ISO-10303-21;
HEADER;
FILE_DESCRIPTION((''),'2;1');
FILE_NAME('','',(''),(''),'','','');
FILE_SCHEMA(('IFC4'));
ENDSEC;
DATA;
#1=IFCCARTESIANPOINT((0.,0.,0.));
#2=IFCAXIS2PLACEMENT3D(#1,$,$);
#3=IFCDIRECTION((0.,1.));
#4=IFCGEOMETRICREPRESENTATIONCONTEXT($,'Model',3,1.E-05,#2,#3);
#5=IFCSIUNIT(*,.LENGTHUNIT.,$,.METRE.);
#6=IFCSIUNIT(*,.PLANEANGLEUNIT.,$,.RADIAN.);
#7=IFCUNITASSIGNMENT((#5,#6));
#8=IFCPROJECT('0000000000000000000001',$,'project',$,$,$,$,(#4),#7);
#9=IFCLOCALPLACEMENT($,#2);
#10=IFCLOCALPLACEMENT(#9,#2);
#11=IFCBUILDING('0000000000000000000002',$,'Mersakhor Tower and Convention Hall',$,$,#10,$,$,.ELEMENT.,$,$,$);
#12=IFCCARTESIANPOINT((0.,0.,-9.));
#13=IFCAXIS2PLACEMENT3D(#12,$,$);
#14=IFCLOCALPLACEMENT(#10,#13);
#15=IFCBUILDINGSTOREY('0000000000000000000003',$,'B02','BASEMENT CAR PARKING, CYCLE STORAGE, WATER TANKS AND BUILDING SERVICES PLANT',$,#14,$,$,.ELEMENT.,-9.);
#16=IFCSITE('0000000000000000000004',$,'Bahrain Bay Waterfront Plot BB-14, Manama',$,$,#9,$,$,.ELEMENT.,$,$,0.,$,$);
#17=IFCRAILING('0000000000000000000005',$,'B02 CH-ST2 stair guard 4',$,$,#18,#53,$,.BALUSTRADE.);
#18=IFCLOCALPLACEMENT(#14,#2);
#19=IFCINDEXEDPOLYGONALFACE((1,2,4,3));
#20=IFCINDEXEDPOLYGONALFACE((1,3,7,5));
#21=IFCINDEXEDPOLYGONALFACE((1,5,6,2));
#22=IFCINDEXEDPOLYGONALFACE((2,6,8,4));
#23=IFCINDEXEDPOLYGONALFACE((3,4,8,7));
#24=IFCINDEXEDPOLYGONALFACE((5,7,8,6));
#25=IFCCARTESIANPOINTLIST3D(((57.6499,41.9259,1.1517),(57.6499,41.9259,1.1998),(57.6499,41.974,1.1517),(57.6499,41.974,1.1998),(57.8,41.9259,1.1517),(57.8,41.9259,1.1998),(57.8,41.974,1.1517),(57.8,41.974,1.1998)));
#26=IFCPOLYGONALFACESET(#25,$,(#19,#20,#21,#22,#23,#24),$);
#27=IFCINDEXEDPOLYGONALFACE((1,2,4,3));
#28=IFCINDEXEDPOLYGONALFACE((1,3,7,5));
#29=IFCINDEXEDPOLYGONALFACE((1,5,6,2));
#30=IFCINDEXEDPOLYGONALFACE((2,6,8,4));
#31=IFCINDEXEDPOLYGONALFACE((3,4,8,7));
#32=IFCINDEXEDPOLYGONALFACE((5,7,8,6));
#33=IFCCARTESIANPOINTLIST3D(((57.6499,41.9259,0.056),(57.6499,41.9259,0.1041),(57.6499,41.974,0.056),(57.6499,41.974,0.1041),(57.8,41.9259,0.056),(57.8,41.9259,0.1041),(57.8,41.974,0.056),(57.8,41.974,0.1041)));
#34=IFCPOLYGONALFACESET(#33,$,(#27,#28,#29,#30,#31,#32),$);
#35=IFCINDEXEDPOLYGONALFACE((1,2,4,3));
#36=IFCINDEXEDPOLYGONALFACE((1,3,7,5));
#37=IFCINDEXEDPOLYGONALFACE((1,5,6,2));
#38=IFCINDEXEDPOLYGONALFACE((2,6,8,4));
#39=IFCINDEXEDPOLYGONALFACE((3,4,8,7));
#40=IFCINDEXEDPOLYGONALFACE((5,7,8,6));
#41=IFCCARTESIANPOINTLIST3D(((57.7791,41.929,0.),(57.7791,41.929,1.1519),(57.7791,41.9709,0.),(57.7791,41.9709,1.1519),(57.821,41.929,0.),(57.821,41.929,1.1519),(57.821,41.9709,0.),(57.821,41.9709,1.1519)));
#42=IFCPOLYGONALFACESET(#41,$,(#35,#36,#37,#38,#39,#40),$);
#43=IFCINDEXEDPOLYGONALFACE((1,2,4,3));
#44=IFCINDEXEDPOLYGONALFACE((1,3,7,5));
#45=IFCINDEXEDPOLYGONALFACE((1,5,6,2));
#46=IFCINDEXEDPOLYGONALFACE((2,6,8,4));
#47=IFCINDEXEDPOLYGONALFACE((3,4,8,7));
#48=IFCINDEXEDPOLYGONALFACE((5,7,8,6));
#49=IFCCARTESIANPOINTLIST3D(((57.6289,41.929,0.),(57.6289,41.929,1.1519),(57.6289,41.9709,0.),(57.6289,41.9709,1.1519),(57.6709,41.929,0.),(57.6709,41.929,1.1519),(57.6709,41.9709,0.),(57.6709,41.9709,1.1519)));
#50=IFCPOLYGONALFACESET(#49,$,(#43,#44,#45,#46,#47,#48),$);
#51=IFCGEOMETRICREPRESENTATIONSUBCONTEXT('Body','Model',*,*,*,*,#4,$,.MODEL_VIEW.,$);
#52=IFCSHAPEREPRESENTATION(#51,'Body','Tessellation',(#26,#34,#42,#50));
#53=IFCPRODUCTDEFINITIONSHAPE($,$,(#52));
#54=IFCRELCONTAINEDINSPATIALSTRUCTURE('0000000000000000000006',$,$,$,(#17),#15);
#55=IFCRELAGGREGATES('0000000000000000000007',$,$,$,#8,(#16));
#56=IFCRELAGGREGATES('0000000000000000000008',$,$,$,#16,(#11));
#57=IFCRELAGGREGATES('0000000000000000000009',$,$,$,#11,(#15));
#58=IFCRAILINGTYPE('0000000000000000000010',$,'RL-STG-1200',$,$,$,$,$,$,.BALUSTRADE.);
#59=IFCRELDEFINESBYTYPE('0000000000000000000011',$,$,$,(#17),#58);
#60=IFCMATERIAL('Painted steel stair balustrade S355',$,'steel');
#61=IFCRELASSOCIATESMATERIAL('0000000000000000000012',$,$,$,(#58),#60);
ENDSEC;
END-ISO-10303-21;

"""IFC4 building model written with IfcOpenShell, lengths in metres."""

from ifc_helpers import new_model, si_unit, direction, frame, origin, origin_2d, place, context, subcontext, project, spatial, rectangle, extrude, material, type_object, element, save


model = new_model("IFC4")

# Units and contexts
model_context = context("Model", 3, precision=1e-05, world=origin(), true_north=direction((0.0, 1.0)))
body_context = subcontext(model_context, "Body", "Model", "MODEL_VIEW")
ifc_project = project(units=[si_unit("LENGTHUNIT", "METRE"), si_unit("PLANEANGLEUNIT", "RADIAN")], contexts=[model_context])

# Site, building, storey
site_placement = place(None, origin())
site = spatial("IfcSite", under=ifc_project, at=site_placement, Name="Bahrain Bay Waterfront Plot BB-14, Manama", CompositionType="ELEMENT", RefElevation=0.0)
building_placement = place(site_placement, origin())
building = spatial("IfcBuilding", under=site, at=building_placement, Name="Mersakhor Tower and Convention Hall", CompositionType="ELEMENT")
storey_placement = place(building_placement, frame((0.0, 0.0, -9.0)))
storey = spatial("IfcBuildingStorey", under=building, at=storey_placement, Name="B02", Description="BASEMENT CAR PARKING, CYCLE STORAGE, WATER TANKS AND BUILDING SERVICES PLANT", CompositionType="ELEMENT", Elevation=-9.0)

# Railing
ifc_material_1 = material(Name="Painted steel stair balustrade S355", Category="steel")
railing_type_1 = type_object("IfcRailingType", Name="RL-STG-1200", PredefinedType="BALUSTRADE", material=ifc_material_1)
railing_1_placement = place(storey_placement, frame((57.8, 41.95, 0.0)))
element("IfcRailing", 1, at=railing_1_placement, inside=storey, type_object=railing_type_1, Name="B02 CH-ST2 stair guard 4", PredefinedType="BALUSTRADE", context=body_context, shape_type="SweptSolid", body=[
    extrude(rectangle(XDim=0.0481, YDim=0.0481, at=origin_2d()), frame((0.0, 0.0, 1.1758), z_axis=(-1.0, 0.0, 0.0), x_axis=(0.0, -1.0, 0.0)), (0.0, 0.0, 1.0), 0.1501),
    extrude(rectangle(XDim=0.0481, YDim=0.0481, at=origin_2d()), frame((0.0, 0.0, 0.0801), z_axis=(-1.0, 0.0, 0.0), x_axis=(0.0, -1.0, 0.0)), (0.0, 0.0, 1.0), 0.1501),
    extrude(rectangle(XDim=0.042, YDim=0.042, at=origin_2d()), origin(), (0.0, 0.0, 1.0), 1.1519),
    extrude(rectangle(XDim=0.042, YDim=0.042, at=origin_2d()), frame((-0.1501, 0.0, 0.0)), (0.0, 0.0, 1.0), 1.1519),
])

save(model, "model.ifc")
